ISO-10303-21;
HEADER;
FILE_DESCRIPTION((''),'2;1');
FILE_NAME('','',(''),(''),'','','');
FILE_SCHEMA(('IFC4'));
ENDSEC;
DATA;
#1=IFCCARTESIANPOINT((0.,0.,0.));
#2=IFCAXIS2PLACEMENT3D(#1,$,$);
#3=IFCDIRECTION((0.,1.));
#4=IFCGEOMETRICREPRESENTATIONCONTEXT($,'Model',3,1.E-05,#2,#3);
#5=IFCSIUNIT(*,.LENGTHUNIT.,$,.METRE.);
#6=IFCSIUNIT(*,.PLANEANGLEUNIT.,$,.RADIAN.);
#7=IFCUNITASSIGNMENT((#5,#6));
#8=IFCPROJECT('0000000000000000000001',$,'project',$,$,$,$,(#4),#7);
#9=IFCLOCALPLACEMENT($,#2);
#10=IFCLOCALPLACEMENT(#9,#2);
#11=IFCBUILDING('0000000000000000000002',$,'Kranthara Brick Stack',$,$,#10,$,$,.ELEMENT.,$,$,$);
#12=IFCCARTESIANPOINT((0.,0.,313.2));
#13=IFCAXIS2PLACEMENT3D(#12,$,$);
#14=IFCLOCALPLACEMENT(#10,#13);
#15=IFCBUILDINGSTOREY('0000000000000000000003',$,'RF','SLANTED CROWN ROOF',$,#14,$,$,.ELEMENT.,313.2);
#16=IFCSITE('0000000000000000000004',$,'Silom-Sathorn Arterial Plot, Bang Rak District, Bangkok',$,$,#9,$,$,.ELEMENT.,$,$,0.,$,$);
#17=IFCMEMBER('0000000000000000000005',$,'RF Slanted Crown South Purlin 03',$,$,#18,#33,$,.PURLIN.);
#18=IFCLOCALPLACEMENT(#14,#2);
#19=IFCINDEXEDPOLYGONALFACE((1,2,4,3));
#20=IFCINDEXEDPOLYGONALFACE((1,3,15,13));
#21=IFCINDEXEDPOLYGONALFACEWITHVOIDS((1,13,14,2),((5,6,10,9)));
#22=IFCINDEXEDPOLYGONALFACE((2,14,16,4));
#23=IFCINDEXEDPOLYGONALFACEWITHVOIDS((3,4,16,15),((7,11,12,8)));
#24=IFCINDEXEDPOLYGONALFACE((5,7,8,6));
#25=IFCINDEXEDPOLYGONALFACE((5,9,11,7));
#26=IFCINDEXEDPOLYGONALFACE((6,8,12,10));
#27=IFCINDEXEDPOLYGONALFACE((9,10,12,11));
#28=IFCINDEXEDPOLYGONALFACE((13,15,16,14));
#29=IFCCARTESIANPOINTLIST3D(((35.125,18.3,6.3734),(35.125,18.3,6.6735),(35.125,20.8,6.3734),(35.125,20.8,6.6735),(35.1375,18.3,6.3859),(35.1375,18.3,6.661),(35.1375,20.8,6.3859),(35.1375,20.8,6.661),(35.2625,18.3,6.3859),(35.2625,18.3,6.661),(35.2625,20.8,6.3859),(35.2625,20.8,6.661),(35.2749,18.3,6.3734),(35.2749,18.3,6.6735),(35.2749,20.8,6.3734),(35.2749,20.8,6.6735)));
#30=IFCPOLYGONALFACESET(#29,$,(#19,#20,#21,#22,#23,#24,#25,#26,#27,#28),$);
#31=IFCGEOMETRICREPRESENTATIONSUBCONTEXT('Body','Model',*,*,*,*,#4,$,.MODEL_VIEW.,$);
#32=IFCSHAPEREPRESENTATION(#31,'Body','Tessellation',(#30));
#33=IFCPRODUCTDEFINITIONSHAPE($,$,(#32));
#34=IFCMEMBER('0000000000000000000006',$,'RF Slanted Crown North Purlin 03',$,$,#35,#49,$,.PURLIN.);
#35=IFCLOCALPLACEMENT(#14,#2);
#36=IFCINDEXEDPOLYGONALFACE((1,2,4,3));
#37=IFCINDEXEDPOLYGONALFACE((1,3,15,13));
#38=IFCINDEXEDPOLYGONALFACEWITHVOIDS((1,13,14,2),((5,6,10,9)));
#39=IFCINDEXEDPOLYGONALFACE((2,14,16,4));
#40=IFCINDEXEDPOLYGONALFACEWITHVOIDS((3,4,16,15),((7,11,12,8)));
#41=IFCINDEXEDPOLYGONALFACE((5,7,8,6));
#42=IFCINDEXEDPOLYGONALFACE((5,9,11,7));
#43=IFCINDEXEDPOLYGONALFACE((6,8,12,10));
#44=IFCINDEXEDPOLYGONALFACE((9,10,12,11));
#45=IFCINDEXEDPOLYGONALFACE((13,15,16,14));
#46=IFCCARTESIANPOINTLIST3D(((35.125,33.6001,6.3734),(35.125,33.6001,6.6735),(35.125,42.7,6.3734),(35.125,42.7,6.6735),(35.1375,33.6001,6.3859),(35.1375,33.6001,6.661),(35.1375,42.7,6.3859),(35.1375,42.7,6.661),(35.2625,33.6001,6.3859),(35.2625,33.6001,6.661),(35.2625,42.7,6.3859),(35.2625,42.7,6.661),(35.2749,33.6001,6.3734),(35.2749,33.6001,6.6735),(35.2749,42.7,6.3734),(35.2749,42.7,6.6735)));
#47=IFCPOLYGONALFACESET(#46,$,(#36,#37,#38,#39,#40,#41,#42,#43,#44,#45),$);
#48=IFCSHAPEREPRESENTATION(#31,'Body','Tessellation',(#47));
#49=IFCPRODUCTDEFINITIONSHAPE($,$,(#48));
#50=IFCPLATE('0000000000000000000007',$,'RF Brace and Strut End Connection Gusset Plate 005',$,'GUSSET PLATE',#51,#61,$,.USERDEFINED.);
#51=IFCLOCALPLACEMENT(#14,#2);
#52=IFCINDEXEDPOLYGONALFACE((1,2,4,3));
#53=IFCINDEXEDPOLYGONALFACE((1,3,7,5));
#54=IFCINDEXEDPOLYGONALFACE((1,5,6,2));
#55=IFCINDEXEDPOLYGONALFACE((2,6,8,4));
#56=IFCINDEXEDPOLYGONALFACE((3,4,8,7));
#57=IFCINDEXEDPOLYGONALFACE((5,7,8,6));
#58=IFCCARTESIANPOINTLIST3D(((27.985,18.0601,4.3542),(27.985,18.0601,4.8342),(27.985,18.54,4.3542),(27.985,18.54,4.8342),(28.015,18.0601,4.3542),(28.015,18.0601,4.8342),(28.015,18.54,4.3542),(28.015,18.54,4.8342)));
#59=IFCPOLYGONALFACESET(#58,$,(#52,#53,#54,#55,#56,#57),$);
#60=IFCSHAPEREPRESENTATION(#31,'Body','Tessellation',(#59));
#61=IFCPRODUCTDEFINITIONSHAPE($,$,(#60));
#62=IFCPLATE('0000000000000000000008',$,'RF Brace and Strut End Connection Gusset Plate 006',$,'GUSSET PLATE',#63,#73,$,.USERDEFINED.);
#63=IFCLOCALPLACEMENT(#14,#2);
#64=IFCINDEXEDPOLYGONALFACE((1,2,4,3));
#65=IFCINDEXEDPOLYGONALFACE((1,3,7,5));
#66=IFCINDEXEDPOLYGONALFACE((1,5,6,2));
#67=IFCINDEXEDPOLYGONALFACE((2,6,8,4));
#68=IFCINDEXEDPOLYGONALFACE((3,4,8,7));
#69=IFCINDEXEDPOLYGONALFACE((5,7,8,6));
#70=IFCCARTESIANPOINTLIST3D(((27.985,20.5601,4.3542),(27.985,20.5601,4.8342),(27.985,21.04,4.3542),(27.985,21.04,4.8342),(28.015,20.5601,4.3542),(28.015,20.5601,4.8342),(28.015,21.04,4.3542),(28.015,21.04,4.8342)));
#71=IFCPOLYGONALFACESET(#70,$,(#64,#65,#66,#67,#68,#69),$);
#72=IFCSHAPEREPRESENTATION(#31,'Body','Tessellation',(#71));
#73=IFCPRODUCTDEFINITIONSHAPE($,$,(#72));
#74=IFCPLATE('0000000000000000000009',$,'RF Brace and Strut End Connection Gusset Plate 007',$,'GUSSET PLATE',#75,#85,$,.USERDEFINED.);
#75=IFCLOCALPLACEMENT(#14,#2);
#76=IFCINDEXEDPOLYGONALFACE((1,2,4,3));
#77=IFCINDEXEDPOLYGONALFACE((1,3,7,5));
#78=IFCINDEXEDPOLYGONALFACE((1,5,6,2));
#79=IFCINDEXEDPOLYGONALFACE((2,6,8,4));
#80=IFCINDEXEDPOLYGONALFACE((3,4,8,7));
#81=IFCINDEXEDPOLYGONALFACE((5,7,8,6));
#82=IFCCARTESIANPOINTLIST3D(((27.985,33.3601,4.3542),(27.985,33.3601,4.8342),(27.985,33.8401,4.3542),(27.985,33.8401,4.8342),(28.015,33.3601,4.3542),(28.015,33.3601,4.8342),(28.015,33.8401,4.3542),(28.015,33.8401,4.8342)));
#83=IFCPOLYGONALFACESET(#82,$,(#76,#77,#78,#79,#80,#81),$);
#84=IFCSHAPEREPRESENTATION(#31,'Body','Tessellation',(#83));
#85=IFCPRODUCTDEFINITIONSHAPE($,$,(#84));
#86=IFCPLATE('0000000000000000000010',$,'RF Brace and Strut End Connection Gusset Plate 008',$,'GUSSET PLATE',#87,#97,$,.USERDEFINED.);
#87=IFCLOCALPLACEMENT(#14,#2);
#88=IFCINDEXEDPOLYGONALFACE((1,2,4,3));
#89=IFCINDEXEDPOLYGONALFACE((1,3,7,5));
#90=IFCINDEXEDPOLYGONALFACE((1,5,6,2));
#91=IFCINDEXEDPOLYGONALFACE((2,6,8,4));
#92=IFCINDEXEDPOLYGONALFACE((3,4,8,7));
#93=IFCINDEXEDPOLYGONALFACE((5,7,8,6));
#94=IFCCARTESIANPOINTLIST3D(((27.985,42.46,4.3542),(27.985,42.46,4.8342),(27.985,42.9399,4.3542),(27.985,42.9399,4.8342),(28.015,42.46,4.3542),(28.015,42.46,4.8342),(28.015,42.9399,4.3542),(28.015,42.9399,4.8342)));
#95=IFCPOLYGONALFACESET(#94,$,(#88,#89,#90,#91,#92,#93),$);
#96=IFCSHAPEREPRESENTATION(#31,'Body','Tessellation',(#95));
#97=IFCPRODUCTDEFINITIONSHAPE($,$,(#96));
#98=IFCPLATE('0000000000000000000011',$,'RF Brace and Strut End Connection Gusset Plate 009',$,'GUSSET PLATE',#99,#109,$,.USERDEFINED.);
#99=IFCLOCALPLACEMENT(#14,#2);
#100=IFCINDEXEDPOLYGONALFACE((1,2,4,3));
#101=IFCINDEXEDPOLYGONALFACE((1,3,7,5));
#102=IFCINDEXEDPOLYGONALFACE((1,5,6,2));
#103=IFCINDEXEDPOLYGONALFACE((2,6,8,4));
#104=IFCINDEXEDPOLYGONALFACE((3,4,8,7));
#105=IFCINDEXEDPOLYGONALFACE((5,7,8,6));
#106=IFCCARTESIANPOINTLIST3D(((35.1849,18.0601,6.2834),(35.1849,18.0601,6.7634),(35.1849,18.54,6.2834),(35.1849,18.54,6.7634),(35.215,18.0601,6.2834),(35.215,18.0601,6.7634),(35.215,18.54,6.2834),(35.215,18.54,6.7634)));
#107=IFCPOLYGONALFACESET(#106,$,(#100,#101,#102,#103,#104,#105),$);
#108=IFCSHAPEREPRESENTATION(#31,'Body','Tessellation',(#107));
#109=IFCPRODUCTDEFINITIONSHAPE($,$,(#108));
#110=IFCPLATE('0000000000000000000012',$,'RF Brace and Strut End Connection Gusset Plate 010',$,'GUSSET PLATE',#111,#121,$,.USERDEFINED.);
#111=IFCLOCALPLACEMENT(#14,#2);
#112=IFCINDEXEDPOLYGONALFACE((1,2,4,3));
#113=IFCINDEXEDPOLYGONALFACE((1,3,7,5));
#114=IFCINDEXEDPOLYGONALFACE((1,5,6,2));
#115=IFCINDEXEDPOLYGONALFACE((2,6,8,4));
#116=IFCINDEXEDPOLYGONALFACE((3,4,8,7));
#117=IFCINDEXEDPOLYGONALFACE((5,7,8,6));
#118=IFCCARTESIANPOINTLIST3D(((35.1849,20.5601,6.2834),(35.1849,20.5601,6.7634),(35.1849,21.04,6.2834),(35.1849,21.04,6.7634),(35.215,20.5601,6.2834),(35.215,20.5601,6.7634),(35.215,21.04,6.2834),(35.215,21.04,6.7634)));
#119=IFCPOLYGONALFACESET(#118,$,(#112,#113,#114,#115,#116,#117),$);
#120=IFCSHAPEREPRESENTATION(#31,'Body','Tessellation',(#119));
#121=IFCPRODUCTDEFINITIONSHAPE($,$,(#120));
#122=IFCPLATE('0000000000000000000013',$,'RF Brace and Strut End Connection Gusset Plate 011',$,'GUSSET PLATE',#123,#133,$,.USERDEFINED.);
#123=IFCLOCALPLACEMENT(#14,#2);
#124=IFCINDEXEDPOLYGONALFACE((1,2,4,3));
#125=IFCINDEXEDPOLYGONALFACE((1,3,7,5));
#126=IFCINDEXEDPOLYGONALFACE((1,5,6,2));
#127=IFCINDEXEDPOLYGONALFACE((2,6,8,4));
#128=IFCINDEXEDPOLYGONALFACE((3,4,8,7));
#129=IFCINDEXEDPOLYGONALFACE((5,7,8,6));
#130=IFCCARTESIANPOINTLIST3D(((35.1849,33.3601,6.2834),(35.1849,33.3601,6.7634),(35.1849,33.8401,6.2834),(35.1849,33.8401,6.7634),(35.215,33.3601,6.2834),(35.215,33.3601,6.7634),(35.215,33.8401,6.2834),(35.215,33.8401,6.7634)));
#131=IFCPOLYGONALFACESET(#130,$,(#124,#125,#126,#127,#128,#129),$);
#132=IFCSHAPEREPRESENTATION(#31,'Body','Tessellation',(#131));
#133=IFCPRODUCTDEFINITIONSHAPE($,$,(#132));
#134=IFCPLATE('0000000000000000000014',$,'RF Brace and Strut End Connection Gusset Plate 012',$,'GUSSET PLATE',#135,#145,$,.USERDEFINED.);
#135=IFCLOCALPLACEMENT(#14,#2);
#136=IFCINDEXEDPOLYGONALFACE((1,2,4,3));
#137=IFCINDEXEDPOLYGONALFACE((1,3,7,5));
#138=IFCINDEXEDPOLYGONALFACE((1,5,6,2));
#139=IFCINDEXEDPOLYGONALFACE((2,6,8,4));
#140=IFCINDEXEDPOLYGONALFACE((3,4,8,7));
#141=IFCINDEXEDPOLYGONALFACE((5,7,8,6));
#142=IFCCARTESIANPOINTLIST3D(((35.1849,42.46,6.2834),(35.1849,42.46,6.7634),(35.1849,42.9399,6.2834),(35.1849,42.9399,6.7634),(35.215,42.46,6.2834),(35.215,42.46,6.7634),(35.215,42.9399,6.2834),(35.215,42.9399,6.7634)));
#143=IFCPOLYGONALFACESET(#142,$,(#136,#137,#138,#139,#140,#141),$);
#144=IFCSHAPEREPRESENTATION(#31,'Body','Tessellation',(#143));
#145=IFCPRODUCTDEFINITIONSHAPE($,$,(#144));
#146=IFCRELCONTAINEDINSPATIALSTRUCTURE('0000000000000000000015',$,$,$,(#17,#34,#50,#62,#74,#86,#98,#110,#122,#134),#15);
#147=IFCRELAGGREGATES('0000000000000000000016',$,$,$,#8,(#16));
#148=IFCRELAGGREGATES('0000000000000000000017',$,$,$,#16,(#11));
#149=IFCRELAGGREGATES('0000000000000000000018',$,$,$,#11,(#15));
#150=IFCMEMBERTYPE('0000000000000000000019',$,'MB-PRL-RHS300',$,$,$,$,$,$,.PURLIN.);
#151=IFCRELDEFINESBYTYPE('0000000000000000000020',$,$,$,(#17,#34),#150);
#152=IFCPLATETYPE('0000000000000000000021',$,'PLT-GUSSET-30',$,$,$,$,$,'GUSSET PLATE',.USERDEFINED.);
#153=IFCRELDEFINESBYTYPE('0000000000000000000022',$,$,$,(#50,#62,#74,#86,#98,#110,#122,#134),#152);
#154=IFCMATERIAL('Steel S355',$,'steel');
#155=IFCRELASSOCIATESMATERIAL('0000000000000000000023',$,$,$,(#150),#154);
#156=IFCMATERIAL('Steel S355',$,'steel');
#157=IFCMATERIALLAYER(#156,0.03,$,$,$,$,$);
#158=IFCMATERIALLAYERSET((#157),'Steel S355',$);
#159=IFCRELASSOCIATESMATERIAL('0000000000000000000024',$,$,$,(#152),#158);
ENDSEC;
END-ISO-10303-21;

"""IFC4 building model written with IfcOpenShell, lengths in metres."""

from ifc_helpers import new_model, si_unit, direction, frame, origin, origin_2d, place, context, subcontext, project, spatial, rectangle, hollow_rectangle, extrude, material, layer, layer_set, material_profile, profile_set, type_object, element, save


model = new_model("IFC4")

# Units and contexts
model_context = context("Model", 3, precision=1e-05, world=origin(), true_north=direction((0.0, 1.0)))
body_context = subcontext(model_context, "Body", "Model", "MODEL_VIEW")
ifc_project = project(units=[si_unit("LENGTHUNIT", "METRE"), si_unit("PLANEANGLEUNIT", "RADIAN")], contexts=[model_context])

# Site, building, storey
site_placement = place(None, origin())
site = spatial("IfcSite", under=ifc_project, at=site_placement, Name="Silom-Sathorn Arterial Plot, Bang Rak District, Bangkok", CompositionType="ELEMENT", RefElevation=0.0)
building_placement = place(site_placement, origin())
building = spatial("IfcBuilding", under=site, at=building_placement, Name="Kranthara Brick Stack", CompositionType="ELEMENT")
storey_placement = place(building_placement, frame((0.0, 0.0, 313.2)))
storey = spatial("IfcBuildingStorey", under=building, at=storey_placement, Name="RF", Description="SLANTED CROWN ROOF", CompositionType="ELEMENT", Elevation=313.2)

# Members
ifc_material_1 = material(Name="Steel S355", Category="steel")
ifc_material_profile_1 = material_profile(ifc_material_1, hollow_rectangle(XDim=0.1499, YDim=0.3, WallThickness=0.0125, at=origin_2d()), Name="RHS 150x300x12.5")
ifc_profile_set_1 = profile_set([ifc_material_profile_1], Name="Steel S355")
member_type = type_object("IfcMemberType", Name="MB-PRL-RHS300", PredefinedType="PURLIN", material=ifc_profile_set_1)
member_1_placement = place(storey_placement, frame((35.2, 18.3, 6.5234), z_axis=(0.0, 1.0, 0.0), x_axis=(-1.0, 0.0, 0.0)))
element("IfcMember", 1, at=member_1_placement, inside=storey, type_object=member_type, Name="RF Slanted Crown South Purlin 03", PredefinedType="PURLIN", context=body_context, shape_type="SweptSolid", body=[
    extrude(hollow_rectangle(XDim=0.1499, YDim=0.3, WallThickness=0.0125, at=origin_2d()), origin(), (0.0, 0.0, 1.0), 2.5),
])
member_2_placement = place(storey_placement, frame((35.2, 33.6001, 6.5234), z_axis=(0.0, 1.0, 0.0), x_axis=(-1.0, 0.0, 0.0)))
element("IfcMember", 2, at=member_2_placement, inside=storey, type_object=member_type, Name="RF Slanted Crown North Purlin 03", PredefinedType="PURLIN", context=body_context, shape_type="SweptSolid", body=[
    extrude(hollow_rectangle(XDim=0.1499, YDim=0.3, WallThickness=0.0125, at=origin_2d()), origin(), (0.0, 0.0, 1.0), 9.0999),
])

# Plates
ifc_material_2 = material(Name="Steel S355", Category="steel")
ifc_layer = layer(ifc_material_2, 0.03)
ifc_layer_set = layer_set([ifc_layer], Name="Steel S355")
plate_type = type_object("IfcPlateType", Name="PLT-GUSSET-30", ElementType="GUSSET PLATE", PredefinedType="USERDEFINED", material=ifc_layer_set)
for number, where, z_axis, x_axis, name in (
    (3, (28.0, 18.3, 4.3542), (0.0, 0.0, 1.0), (0.0, 1.0, 0.0), "RF Brace and Strut End Connection Gusset Plate 005"),
    (4, (28.0, 20.8, 4.3542), (0.0, 0.0, 1.0), (0.0, 1.0, 0.0), "RF Brace and Strut End Connection Gusset Plate 006"),
    (5, (28.0, 33.6001, 4.3542), (0.0, 0.0, 1.0), (0.0, 1.0, 0.0), "RF Brace and Strut End Connection Gusset Plate 007"),
    (6, (28.0, 42.7, 4.3542), (0.0, 0.0, 1.0), (0.0, 1.0, 0.0), "RF Brace and Strut End Connection Gusset Plate 008"),
    (7, (35.2, 18.3, 6.2834), (0.0, 0.0, 1.0), (0.0, 1.0, 0.0), "RF Brace and Strut End Connection Gusset Plate 009"),
    (8, (35.2, 20.8, 6.2834), (0.0, 0.0, 1.0), (0.0, 1.0, 0.0), "RF Brace and Strut End Connection Gusset Plate 010"),
    (9, (35.2, 33.6001, 6.2834), (0.0, 0.0, 1.0), (0.0, 1.0, 0.0), "RF Brace and Strut End Connection Gusset Plate 011"),
    (10, (35.2, 42.7, 6.2834), (0.0, 0.0, 1.0), (0.0, 1.0, 0.0), "RF Brace and Strut End Connection Gusset Plate 012"),
):
    element("IfcPlate", number, at=place(storey_placement, frame(where, z_axis=z_axis, x_axis=x_axis)), inside=storey, type_object=plate_type, Name=name, ObjectType="GUSSET PLATE", PredefinedType="USERDEFINED", context=body_context, shape_type="SweptSolid", body=[
        extrude(rectangle(XDim=0.48, YDim=0.03, at=origin_2d()), origin(), (0.0, 0.0, 1.0), 0.48),
    ])

save(model, "model.ifc")
